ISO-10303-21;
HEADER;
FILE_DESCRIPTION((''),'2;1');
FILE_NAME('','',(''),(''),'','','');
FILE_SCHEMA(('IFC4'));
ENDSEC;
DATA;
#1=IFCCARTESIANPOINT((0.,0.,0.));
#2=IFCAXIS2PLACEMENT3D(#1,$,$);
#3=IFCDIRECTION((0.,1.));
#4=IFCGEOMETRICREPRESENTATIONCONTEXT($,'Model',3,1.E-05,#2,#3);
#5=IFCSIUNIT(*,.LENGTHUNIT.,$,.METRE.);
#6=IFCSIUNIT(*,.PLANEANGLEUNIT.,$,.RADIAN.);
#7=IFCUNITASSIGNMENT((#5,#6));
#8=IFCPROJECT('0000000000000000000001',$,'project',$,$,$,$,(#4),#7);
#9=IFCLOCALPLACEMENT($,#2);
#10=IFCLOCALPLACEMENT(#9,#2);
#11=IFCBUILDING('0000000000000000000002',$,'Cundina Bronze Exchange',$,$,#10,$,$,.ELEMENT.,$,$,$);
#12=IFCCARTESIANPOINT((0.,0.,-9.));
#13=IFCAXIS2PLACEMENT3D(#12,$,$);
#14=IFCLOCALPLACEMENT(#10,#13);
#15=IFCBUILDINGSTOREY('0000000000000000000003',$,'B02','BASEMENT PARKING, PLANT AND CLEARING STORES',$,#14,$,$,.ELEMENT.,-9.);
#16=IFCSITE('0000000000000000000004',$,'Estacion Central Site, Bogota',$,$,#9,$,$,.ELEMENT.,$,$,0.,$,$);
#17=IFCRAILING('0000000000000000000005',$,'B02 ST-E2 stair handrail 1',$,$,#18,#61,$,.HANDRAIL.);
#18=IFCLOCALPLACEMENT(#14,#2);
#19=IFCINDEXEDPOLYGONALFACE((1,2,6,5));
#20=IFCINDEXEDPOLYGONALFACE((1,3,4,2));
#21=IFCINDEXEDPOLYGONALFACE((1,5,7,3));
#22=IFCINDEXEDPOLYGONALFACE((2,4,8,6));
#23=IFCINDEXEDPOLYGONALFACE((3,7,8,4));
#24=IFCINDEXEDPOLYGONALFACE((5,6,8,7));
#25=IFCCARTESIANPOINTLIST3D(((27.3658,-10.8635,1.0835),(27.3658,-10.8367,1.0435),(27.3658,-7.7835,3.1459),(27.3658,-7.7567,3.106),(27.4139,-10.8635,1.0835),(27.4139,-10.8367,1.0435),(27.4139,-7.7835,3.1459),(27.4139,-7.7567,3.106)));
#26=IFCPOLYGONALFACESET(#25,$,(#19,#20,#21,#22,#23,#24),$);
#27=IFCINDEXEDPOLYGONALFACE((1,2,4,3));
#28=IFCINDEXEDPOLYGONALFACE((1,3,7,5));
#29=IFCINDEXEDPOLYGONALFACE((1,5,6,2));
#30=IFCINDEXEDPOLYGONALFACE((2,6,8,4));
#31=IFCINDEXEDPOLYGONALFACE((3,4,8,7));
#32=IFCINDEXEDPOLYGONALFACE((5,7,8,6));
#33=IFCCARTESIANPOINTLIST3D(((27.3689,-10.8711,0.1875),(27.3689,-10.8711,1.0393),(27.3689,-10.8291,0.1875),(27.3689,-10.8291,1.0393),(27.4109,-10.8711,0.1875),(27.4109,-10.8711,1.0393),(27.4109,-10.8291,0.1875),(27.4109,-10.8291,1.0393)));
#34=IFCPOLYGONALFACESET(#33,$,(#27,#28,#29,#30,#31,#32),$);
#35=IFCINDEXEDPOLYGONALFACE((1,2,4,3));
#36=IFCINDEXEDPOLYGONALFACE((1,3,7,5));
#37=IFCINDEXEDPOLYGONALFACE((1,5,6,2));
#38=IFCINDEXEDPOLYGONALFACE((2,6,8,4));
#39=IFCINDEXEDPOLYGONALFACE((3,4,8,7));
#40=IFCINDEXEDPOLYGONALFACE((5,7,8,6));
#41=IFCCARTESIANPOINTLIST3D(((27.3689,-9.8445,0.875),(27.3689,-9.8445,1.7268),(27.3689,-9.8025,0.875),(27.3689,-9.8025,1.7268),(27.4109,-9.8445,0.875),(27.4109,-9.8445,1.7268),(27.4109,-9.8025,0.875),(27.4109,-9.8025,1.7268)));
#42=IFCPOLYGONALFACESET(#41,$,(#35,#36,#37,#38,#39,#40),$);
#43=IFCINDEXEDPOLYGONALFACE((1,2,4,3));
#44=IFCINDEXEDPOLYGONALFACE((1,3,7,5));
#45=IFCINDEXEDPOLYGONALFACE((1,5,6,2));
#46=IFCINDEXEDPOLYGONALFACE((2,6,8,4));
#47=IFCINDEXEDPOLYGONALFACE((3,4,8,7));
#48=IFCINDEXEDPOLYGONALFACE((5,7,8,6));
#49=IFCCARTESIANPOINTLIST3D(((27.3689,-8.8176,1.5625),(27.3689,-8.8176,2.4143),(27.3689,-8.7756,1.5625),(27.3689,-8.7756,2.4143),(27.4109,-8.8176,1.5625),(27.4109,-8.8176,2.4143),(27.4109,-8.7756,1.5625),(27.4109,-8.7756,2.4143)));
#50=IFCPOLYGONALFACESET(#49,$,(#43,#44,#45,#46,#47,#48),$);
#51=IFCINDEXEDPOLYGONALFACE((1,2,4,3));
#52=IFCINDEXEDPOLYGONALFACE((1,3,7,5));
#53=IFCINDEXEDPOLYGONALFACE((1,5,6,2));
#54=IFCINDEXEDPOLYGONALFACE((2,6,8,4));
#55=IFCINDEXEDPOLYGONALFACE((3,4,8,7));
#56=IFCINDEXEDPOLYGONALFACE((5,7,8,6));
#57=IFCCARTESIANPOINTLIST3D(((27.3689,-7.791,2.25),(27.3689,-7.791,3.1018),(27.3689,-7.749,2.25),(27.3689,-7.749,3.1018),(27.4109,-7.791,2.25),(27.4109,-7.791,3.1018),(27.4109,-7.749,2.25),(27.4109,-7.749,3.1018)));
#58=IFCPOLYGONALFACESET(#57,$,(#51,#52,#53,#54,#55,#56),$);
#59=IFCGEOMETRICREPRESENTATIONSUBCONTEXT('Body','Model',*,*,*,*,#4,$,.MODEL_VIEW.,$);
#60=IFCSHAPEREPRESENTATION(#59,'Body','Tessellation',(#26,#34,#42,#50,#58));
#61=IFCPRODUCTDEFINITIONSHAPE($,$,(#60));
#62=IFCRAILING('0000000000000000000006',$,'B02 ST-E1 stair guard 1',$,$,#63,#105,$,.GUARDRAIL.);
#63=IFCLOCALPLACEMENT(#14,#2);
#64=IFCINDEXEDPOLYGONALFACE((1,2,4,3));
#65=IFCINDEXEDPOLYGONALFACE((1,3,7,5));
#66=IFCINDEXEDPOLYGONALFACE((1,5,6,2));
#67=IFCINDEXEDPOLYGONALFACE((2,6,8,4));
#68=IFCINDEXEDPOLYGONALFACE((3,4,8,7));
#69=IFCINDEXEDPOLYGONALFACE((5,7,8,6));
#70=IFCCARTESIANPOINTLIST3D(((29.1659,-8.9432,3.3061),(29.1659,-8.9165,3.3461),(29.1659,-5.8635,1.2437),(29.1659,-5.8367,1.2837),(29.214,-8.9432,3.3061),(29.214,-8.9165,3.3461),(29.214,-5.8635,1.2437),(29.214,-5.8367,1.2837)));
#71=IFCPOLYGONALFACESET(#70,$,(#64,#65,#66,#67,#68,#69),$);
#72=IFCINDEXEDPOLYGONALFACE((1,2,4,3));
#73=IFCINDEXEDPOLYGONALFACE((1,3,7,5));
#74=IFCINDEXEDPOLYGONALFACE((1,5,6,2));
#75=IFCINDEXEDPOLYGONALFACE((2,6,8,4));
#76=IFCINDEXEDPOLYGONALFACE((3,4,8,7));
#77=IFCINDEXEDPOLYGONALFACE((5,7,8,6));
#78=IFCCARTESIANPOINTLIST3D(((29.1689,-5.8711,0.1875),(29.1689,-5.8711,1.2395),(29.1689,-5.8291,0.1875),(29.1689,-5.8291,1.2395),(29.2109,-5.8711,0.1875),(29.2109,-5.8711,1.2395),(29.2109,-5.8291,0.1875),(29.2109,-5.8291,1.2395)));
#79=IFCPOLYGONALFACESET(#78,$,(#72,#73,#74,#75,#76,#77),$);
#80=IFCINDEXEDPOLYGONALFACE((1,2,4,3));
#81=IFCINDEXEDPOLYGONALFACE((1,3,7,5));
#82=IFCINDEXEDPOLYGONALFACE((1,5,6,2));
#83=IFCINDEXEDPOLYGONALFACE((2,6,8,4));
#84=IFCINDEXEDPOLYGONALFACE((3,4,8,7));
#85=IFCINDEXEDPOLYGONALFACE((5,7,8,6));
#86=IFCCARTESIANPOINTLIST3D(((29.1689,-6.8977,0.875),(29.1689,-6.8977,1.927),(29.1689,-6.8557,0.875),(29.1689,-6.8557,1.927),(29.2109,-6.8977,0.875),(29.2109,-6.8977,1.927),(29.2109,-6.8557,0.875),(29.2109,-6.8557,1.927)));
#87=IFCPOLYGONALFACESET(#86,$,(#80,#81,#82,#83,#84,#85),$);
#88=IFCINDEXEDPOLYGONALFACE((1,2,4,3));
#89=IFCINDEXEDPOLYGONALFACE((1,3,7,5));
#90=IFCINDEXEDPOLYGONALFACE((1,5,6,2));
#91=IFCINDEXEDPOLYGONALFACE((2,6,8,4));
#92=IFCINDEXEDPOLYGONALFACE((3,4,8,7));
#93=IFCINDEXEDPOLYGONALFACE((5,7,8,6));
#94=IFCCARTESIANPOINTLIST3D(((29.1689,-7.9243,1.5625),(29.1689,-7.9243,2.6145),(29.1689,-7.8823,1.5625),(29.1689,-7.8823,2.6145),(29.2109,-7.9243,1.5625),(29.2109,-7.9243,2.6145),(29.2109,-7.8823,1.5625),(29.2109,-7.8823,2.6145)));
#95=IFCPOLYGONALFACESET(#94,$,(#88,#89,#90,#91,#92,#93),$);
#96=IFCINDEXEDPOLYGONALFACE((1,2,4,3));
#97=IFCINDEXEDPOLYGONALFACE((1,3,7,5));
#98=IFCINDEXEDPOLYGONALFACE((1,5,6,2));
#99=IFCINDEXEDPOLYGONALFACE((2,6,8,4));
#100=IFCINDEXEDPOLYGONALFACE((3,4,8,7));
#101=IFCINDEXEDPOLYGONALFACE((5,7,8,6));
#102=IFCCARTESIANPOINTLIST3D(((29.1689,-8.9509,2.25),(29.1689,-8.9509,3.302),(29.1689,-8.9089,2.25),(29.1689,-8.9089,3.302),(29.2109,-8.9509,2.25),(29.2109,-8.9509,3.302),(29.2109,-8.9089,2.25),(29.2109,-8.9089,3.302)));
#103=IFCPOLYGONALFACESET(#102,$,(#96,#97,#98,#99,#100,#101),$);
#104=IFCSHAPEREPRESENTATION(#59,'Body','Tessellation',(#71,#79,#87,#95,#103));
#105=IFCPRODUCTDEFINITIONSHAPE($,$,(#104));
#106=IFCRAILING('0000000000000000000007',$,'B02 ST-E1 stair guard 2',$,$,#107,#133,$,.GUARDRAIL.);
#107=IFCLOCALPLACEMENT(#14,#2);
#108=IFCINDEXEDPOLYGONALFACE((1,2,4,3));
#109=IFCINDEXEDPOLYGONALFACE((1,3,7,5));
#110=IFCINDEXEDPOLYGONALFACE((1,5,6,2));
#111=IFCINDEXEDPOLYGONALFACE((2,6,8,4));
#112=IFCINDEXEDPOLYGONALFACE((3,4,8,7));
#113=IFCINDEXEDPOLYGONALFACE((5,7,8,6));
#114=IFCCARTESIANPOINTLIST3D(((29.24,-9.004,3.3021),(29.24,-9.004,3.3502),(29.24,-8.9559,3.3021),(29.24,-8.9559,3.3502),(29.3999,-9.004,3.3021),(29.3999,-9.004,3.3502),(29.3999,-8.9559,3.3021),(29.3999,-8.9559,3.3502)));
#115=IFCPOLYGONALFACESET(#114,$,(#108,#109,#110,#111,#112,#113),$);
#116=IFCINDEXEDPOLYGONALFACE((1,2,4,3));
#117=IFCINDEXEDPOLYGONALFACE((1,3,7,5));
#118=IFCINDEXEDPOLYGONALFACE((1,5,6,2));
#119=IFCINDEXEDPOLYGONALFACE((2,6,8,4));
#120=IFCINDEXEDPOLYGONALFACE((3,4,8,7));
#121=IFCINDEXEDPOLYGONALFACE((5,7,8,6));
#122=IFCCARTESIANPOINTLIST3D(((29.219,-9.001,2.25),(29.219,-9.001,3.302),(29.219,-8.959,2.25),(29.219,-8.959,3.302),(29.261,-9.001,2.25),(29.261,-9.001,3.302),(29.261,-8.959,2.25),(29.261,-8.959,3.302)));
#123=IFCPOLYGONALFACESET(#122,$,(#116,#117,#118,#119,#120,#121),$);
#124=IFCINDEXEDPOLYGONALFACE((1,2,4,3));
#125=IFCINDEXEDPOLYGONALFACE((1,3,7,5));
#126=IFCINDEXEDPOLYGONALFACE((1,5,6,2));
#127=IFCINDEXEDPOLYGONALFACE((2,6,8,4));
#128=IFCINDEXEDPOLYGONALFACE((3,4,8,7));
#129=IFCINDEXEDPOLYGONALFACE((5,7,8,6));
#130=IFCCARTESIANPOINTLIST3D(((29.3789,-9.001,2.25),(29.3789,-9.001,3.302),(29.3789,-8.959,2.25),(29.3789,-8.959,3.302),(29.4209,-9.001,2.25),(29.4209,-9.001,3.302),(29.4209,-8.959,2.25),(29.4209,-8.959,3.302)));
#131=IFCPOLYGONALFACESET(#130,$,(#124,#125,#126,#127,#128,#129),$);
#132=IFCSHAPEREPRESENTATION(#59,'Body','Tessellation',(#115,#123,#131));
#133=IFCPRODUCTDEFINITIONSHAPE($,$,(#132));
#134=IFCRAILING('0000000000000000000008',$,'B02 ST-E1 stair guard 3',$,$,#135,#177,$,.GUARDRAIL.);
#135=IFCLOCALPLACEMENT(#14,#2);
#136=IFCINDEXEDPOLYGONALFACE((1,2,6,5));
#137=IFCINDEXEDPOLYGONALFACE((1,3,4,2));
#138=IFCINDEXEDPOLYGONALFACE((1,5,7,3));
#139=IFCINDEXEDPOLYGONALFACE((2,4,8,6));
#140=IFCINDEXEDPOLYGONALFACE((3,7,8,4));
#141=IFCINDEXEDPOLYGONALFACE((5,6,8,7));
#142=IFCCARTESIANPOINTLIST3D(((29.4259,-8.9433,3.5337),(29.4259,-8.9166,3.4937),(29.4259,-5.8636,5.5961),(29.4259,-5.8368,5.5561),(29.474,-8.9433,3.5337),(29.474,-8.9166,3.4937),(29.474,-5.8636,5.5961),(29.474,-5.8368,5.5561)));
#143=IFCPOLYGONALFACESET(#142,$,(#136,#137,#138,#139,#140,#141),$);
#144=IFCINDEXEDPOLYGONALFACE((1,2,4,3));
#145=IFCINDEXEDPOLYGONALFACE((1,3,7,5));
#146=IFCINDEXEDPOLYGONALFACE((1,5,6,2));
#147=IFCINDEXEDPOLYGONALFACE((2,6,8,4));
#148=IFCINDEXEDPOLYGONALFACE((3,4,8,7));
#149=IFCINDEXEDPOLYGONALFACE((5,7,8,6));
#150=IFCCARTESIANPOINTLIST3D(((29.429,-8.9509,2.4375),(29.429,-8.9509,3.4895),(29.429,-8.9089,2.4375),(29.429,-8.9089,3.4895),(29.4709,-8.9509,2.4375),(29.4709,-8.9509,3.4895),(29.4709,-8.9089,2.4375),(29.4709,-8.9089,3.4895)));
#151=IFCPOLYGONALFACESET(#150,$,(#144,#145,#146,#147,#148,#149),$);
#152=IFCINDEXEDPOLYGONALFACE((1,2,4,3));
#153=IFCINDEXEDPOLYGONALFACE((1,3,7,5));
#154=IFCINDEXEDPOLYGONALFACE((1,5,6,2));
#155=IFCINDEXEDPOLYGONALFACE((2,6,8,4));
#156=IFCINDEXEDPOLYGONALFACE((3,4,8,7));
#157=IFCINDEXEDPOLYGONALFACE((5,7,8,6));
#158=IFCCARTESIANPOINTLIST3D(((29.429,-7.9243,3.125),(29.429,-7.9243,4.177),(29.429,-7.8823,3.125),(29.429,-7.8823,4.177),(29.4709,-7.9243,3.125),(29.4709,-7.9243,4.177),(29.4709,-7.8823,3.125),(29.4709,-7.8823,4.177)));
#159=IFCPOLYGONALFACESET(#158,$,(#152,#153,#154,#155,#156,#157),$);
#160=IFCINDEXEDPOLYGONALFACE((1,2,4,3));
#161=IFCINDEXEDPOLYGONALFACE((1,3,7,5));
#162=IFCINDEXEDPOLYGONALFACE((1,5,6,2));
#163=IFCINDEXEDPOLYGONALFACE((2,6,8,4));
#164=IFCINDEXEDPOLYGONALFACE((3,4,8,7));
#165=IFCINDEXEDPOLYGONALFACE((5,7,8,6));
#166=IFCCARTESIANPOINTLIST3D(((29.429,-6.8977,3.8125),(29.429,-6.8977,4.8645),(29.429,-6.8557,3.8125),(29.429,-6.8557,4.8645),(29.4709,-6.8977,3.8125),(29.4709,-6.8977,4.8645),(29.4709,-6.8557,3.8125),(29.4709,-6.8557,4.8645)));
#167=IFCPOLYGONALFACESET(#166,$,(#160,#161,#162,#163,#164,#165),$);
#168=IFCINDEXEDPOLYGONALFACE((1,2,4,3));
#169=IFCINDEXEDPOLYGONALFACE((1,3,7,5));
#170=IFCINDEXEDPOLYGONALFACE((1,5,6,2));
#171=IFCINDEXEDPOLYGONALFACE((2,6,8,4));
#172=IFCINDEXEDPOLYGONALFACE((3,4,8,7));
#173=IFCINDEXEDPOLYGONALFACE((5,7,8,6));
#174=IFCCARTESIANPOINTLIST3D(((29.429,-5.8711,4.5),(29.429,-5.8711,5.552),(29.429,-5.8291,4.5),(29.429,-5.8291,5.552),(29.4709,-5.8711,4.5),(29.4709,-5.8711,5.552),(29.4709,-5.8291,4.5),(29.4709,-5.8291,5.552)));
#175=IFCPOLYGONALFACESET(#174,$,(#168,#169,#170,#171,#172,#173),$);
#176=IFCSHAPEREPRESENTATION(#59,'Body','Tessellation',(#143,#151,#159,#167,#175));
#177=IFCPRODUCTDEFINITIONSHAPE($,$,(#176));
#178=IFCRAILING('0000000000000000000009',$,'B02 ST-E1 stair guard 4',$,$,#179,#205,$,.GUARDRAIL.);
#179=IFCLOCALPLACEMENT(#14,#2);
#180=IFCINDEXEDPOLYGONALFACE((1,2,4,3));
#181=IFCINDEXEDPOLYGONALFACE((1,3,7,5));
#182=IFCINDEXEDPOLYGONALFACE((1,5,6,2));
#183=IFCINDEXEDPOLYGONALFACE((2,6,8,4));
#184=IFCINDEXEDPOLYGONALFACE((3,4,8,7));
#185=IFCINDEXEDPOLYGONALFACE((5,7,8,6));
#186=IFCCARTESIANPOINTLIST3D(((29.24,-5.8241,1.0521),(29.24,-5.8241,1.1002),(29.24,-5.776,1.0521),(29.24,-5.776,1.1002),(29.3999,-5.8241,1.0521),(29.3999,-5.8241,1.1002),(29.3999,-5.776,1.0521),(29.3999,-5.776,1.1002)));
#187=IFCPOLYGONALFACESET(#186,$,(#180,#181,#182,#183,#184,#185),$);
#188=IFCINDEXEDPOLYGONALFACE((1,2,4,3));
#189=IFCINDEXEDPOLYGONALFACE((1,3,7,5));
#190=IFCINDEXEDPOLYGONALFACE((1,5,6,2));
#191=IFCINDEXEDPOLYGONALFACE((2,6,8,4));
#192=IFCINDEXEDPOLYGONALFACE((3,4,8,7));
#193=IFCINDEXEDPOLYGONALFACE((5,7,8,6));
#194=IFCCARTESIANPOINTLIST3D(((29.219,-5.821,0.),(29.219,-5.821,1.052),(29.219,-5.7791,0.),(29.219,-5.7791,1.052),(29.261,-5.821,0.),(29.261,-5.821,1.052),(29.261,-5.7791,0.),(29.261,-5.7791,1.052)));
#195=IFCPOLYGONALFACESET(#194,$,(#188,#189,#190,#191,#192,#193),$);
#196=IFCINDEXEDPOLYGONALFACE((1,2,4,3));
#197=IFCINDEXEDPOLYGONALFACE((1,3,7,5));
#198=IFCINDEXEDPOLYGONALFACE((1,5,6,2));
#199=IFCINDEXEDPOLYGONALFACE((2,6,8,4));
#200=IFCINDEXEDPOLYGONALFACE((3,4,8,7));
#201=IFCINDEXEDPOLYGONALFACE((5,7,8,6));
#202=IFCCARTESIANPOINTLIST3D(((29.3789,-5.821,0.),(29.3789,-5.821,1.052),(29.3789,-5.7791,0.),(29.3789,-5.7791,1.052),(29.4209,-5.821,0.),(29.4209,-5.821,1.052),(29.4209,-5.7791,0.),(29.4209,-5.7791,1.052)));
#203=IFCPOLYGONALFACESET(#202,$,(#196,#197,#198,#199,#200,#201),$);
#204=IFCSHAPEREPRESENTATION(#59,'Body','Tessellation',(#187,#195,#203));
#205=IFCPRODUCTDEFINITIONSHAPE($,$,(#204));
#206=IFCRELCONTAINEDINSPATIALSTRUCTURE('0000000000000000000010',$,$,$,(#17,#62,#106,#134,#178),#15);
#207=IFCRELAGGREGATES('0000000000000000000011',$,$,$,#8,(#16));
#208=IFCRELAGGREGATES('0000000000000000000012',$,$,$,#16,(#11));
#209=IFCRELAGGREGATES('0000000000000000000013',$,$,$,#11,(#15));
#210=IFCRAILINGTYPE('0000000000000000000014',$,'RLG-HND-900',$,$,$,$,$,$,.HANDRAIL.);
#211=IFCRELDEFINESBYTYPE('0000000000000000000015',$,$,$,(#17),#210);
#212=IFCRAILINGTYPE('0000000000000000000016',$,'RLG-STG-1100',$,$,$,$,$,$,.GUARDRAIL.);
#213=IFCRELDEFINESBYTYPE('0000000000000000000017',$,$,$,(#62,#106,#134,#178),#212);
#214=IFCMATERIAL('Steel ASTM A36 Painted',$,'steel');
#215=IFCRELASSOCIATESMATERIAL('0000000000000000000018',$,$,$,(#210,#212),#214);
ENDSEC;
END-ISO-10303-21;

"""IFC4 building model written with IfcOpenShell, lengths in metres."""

from ifc_helpers import new_model, si_unit, direction, frame, origin, origin_2d, place, context, subcontext, project, spatial, rectangle, extrude, material, type_object, element, save


model = new_model("IFC4")

# Units and contexts
model_context = context("Model", 3, precision=1e-05, world=origin(), true_north=direction((0.0, 1.0)))
body_context = subcontext(model_context, "Body", "Model", "MODEL_VIEW")
ifc_project = project(units=[si_unit("LENGTHUNIT", "METRE"), si_unit("PLANEANGLEUNIT", "RADIAN")], contexts=[model_context])

# Site, building, storey
site_placement = place(None, origin())
site = spatial("IfcSite", under=ifc_project, at=site_placement, Name="Estacion Central Site, Bogota", CompositionType="ELEMENT", RefElevation=0.0)
building_placement = place(site_placement, origin())
building = spatial("IfcBuilding", under=site, at=building_placement, Name="Cundina Bronze Exchange", CompositionType="ELEMENT")
storey_placement = place(building_placement, frame((0.0, 0.0, -9.0)))
storey = spatial("IfcBuildingStorey", under=building, at=storey_placement, Name="B02", Description="BASEMENT PARKING, PLANT AND CLEARING STORES", CompositionType="ELEMENT", Elevation=-9.0)

# Shared definitions
ifc_material_1 = material(Name="Steel ASTM A36 Painted", Category="steel")

# Railings
railing_type_1 = type_object("IfcRailingType", Name="RLG-HND-900", PredefinedType="HANDRAIL", material=ifc_material_1)
railing_1_placement = place(storey_placement, frame((27.3899, -10.8501, 0.1875)))
element("IfcRailing", 1, at=railing_1_placement, inside=storey, type_object=railing_type_1, Name="B02 ST-E2 stair handrail 1", PredefinedType="HANDRAIL", context=body_context, shape_type="SweptSolid", body=[
    extrude(rectangle(XDim=0.0481, YDim=0.0481, at=origin_2d()), frame((0.0, 0.0, 0.876), z_axis=(0.0, 0.830914, 0.556401), x_axis=(-1.0, 0.0, 0.0)), (0.0, 0.0, 1.0), 3.7068),
    extrude(rectangle(XDim=0.042, YDim=0.042, at=origin_2d()), origin(), (0.0, 0.0, 1.0), 0.8518),
    extrude(rectangle(XDim=0.042, YDim=0.042, at=origin_2d()), frame((0.0, 1.0266, 0.6875)), (0.0, 0.0, 1.0), 0.8518),
    extrude(rectangle(XDim=0.042, YDim=0.042, at=origin_2d()), frame((0.0, 2.0535, 1.375)), (0.0, 0.0, 1.0), 0.8518),
    extrude(rectangle(XDim=0.042, YDim=0.042, at=origin_2d()), frame((0.0, 3.0801, 2.0625)), (0.0, 0.0, 1.0), 0.8518),
])
railing_type_2 = type_object("IfcRailingType", Name="RLG-STG-1100", PredefinedType="GUARDRAIL", material=ifc_material_1)
railing_2_placement = place(storey_placement, frame((29.1899, -5.8501, 0.1875)))
element("IfcRailing", 2, at=railing_2_placement, inside=storey, type_object=railing_type_2, Name="B02 ST-E1 stair guard 1", PredefinedType="GUARDRAIL", context=body_context, shape_type="SweptSolid", body=[
    extrude(rectangle(XDim=0.0481, YDim=0.0481, at=origin_2d()), frame((0.0, 0.0, 1.0762), z_axis=(0.0, -0.830893, 0.556432), x_axis=(1.0, 0.0, 0.0)), (0.0, 0.0, 1.0), 3.7065),
    extrude(rectangle(XDim=0.042, YDim=0.042, at=origin_2d()), origin(), (0.0, 0.0, 1.0), 1.052),
    extrude(rectangle(XDim=0.042, YDim=0.042, at=origin_2d()), frame((0.0, -1.0266, 0.6875)), (0.0, 0.0, 1.0), 1.052),
    extrude(rectangle(XDim=0.042, YDim=0.042, at=origin_2d()), frame((0.0, -2.0532, 1.375)), (0.0, 0.0, 1.0), 1.052),
    extrude(rectangle(XDim=0.042, YDim=0.042, at=origin_2d()), frame((0.0, -3.0798, 2.0625)), (0.0, 0.0, 1.0), 1.052),
])
railing_3_placement = place(storey_placement, frame((29.24, -8.98, 2.25)))
element("IfcRailing", 3, at=railing_3_placement, inside=storey, type_object=railing_type_2, Name="B02 ST-E1 stair guard 2", PredefinedType="GUARDRAIL", context=body_context, shape_type="SweptSolid", body=[
    extrude(rectangle(XDim=0.0481, YDim=0.0481, at=origin_2d()), frame((0.0, 0.0, 1.0762), z_axis=(1.0, 0.0, 0.0), x_axis=(0.0, 1.0, 0.0)), (0.0, 0.0, 1.0), 0.1599),
    extrude(rectangle(XDim=0.042, YDim=0.042, at=origin_2d()), origin(), (0.0, 0.0, 1.0), 1.052),
    extrude(rectangle(XDim=0.042, YDim=0.042, at=origin_2d()), frame((0.1599, 0.0, 0.0)), (0.0, 0.0, 1.0), 1.052),
])
railing_4_placement = place(storey_placement, frame((29.45, -8.9299, 2.4375)))
element("IfcRailing", 4, at=railing_4_placement, inside=storey, type_object=railing_type_2, Name="B02 ST-E1 stair guard 3", PredefinedType="GUARDRAIL", context=body_context, shape_type="SweptSolid", body=[
    extrude(rectangle(XDim=0.0481, YDim=0.0481, at=origin_2d()), frame((0.0, 0.0, 1.0762), z_axis=(0.0, 0.830893, 0.556432), x_axis=(-1.0, 0.0, 0.0)), (0.0, 0.0, 1.0), 3.7065),
    extrude(rectangle(XDim=0.042, YDim=0.042, at=origin_2d()), origin(), (0.0, 0.0, 1.0), 1.052),
    extrude(rectangle(XDim=0.042, YDim=0.042, at=origin_2d()), frame((0.0, 1.0266, 0.6875)), (0.0, 0.0, 1.0), 1.052),
    extrude(rectangle(XDim=0.042, YDim=0.042, at=origin_2d()), frame((0.0, 2.0532, 1.375)), (0.0, 0.0, 1.0), 1.052),
    extrude(rectangle(XDim=0.042, YDim=0.042, at=origin_2d()), frame((0.0, 3.0798, 2.0625)), (0.0, 0.0, 1.0), 1.052),
])
railing_5_placement = place(storey_placement, frame((29.24, -5.8, 0.0)))
element("IfcRailing", 5, at=railing_5_placement, inside=storey, type_object=railing_type_2, Name="B02 ST-E1 stair guard 4", PredefinedType="GUARDRAIL", context=body_context, shape_type="SweptSolid", body=[
    extrude(rectangle(XDim=0.0481, YDim=0.0481, at=origin_2d()), frame((0.0, 0.0, 1.0762), z_axis=(1.0, 0.0, 0.0), x_axis=(0.0, 1.0, 0.0)), (0.0, 0.0, 1.0), 0.1599),
    extrude(rectangle(XDim=0.042, YDim=0.042, at=origin_2d()), origin(), (0.0, 0.0, 1.0), 1.052),
    extrude(rectangle(XDim=0.042, YDim=0.042, at=origin_2d()), frame((0.1599, 0.0, 0.0)), (0.0, 0.0, 1.0), 1.052),
])

save(model, "model.ifc")
